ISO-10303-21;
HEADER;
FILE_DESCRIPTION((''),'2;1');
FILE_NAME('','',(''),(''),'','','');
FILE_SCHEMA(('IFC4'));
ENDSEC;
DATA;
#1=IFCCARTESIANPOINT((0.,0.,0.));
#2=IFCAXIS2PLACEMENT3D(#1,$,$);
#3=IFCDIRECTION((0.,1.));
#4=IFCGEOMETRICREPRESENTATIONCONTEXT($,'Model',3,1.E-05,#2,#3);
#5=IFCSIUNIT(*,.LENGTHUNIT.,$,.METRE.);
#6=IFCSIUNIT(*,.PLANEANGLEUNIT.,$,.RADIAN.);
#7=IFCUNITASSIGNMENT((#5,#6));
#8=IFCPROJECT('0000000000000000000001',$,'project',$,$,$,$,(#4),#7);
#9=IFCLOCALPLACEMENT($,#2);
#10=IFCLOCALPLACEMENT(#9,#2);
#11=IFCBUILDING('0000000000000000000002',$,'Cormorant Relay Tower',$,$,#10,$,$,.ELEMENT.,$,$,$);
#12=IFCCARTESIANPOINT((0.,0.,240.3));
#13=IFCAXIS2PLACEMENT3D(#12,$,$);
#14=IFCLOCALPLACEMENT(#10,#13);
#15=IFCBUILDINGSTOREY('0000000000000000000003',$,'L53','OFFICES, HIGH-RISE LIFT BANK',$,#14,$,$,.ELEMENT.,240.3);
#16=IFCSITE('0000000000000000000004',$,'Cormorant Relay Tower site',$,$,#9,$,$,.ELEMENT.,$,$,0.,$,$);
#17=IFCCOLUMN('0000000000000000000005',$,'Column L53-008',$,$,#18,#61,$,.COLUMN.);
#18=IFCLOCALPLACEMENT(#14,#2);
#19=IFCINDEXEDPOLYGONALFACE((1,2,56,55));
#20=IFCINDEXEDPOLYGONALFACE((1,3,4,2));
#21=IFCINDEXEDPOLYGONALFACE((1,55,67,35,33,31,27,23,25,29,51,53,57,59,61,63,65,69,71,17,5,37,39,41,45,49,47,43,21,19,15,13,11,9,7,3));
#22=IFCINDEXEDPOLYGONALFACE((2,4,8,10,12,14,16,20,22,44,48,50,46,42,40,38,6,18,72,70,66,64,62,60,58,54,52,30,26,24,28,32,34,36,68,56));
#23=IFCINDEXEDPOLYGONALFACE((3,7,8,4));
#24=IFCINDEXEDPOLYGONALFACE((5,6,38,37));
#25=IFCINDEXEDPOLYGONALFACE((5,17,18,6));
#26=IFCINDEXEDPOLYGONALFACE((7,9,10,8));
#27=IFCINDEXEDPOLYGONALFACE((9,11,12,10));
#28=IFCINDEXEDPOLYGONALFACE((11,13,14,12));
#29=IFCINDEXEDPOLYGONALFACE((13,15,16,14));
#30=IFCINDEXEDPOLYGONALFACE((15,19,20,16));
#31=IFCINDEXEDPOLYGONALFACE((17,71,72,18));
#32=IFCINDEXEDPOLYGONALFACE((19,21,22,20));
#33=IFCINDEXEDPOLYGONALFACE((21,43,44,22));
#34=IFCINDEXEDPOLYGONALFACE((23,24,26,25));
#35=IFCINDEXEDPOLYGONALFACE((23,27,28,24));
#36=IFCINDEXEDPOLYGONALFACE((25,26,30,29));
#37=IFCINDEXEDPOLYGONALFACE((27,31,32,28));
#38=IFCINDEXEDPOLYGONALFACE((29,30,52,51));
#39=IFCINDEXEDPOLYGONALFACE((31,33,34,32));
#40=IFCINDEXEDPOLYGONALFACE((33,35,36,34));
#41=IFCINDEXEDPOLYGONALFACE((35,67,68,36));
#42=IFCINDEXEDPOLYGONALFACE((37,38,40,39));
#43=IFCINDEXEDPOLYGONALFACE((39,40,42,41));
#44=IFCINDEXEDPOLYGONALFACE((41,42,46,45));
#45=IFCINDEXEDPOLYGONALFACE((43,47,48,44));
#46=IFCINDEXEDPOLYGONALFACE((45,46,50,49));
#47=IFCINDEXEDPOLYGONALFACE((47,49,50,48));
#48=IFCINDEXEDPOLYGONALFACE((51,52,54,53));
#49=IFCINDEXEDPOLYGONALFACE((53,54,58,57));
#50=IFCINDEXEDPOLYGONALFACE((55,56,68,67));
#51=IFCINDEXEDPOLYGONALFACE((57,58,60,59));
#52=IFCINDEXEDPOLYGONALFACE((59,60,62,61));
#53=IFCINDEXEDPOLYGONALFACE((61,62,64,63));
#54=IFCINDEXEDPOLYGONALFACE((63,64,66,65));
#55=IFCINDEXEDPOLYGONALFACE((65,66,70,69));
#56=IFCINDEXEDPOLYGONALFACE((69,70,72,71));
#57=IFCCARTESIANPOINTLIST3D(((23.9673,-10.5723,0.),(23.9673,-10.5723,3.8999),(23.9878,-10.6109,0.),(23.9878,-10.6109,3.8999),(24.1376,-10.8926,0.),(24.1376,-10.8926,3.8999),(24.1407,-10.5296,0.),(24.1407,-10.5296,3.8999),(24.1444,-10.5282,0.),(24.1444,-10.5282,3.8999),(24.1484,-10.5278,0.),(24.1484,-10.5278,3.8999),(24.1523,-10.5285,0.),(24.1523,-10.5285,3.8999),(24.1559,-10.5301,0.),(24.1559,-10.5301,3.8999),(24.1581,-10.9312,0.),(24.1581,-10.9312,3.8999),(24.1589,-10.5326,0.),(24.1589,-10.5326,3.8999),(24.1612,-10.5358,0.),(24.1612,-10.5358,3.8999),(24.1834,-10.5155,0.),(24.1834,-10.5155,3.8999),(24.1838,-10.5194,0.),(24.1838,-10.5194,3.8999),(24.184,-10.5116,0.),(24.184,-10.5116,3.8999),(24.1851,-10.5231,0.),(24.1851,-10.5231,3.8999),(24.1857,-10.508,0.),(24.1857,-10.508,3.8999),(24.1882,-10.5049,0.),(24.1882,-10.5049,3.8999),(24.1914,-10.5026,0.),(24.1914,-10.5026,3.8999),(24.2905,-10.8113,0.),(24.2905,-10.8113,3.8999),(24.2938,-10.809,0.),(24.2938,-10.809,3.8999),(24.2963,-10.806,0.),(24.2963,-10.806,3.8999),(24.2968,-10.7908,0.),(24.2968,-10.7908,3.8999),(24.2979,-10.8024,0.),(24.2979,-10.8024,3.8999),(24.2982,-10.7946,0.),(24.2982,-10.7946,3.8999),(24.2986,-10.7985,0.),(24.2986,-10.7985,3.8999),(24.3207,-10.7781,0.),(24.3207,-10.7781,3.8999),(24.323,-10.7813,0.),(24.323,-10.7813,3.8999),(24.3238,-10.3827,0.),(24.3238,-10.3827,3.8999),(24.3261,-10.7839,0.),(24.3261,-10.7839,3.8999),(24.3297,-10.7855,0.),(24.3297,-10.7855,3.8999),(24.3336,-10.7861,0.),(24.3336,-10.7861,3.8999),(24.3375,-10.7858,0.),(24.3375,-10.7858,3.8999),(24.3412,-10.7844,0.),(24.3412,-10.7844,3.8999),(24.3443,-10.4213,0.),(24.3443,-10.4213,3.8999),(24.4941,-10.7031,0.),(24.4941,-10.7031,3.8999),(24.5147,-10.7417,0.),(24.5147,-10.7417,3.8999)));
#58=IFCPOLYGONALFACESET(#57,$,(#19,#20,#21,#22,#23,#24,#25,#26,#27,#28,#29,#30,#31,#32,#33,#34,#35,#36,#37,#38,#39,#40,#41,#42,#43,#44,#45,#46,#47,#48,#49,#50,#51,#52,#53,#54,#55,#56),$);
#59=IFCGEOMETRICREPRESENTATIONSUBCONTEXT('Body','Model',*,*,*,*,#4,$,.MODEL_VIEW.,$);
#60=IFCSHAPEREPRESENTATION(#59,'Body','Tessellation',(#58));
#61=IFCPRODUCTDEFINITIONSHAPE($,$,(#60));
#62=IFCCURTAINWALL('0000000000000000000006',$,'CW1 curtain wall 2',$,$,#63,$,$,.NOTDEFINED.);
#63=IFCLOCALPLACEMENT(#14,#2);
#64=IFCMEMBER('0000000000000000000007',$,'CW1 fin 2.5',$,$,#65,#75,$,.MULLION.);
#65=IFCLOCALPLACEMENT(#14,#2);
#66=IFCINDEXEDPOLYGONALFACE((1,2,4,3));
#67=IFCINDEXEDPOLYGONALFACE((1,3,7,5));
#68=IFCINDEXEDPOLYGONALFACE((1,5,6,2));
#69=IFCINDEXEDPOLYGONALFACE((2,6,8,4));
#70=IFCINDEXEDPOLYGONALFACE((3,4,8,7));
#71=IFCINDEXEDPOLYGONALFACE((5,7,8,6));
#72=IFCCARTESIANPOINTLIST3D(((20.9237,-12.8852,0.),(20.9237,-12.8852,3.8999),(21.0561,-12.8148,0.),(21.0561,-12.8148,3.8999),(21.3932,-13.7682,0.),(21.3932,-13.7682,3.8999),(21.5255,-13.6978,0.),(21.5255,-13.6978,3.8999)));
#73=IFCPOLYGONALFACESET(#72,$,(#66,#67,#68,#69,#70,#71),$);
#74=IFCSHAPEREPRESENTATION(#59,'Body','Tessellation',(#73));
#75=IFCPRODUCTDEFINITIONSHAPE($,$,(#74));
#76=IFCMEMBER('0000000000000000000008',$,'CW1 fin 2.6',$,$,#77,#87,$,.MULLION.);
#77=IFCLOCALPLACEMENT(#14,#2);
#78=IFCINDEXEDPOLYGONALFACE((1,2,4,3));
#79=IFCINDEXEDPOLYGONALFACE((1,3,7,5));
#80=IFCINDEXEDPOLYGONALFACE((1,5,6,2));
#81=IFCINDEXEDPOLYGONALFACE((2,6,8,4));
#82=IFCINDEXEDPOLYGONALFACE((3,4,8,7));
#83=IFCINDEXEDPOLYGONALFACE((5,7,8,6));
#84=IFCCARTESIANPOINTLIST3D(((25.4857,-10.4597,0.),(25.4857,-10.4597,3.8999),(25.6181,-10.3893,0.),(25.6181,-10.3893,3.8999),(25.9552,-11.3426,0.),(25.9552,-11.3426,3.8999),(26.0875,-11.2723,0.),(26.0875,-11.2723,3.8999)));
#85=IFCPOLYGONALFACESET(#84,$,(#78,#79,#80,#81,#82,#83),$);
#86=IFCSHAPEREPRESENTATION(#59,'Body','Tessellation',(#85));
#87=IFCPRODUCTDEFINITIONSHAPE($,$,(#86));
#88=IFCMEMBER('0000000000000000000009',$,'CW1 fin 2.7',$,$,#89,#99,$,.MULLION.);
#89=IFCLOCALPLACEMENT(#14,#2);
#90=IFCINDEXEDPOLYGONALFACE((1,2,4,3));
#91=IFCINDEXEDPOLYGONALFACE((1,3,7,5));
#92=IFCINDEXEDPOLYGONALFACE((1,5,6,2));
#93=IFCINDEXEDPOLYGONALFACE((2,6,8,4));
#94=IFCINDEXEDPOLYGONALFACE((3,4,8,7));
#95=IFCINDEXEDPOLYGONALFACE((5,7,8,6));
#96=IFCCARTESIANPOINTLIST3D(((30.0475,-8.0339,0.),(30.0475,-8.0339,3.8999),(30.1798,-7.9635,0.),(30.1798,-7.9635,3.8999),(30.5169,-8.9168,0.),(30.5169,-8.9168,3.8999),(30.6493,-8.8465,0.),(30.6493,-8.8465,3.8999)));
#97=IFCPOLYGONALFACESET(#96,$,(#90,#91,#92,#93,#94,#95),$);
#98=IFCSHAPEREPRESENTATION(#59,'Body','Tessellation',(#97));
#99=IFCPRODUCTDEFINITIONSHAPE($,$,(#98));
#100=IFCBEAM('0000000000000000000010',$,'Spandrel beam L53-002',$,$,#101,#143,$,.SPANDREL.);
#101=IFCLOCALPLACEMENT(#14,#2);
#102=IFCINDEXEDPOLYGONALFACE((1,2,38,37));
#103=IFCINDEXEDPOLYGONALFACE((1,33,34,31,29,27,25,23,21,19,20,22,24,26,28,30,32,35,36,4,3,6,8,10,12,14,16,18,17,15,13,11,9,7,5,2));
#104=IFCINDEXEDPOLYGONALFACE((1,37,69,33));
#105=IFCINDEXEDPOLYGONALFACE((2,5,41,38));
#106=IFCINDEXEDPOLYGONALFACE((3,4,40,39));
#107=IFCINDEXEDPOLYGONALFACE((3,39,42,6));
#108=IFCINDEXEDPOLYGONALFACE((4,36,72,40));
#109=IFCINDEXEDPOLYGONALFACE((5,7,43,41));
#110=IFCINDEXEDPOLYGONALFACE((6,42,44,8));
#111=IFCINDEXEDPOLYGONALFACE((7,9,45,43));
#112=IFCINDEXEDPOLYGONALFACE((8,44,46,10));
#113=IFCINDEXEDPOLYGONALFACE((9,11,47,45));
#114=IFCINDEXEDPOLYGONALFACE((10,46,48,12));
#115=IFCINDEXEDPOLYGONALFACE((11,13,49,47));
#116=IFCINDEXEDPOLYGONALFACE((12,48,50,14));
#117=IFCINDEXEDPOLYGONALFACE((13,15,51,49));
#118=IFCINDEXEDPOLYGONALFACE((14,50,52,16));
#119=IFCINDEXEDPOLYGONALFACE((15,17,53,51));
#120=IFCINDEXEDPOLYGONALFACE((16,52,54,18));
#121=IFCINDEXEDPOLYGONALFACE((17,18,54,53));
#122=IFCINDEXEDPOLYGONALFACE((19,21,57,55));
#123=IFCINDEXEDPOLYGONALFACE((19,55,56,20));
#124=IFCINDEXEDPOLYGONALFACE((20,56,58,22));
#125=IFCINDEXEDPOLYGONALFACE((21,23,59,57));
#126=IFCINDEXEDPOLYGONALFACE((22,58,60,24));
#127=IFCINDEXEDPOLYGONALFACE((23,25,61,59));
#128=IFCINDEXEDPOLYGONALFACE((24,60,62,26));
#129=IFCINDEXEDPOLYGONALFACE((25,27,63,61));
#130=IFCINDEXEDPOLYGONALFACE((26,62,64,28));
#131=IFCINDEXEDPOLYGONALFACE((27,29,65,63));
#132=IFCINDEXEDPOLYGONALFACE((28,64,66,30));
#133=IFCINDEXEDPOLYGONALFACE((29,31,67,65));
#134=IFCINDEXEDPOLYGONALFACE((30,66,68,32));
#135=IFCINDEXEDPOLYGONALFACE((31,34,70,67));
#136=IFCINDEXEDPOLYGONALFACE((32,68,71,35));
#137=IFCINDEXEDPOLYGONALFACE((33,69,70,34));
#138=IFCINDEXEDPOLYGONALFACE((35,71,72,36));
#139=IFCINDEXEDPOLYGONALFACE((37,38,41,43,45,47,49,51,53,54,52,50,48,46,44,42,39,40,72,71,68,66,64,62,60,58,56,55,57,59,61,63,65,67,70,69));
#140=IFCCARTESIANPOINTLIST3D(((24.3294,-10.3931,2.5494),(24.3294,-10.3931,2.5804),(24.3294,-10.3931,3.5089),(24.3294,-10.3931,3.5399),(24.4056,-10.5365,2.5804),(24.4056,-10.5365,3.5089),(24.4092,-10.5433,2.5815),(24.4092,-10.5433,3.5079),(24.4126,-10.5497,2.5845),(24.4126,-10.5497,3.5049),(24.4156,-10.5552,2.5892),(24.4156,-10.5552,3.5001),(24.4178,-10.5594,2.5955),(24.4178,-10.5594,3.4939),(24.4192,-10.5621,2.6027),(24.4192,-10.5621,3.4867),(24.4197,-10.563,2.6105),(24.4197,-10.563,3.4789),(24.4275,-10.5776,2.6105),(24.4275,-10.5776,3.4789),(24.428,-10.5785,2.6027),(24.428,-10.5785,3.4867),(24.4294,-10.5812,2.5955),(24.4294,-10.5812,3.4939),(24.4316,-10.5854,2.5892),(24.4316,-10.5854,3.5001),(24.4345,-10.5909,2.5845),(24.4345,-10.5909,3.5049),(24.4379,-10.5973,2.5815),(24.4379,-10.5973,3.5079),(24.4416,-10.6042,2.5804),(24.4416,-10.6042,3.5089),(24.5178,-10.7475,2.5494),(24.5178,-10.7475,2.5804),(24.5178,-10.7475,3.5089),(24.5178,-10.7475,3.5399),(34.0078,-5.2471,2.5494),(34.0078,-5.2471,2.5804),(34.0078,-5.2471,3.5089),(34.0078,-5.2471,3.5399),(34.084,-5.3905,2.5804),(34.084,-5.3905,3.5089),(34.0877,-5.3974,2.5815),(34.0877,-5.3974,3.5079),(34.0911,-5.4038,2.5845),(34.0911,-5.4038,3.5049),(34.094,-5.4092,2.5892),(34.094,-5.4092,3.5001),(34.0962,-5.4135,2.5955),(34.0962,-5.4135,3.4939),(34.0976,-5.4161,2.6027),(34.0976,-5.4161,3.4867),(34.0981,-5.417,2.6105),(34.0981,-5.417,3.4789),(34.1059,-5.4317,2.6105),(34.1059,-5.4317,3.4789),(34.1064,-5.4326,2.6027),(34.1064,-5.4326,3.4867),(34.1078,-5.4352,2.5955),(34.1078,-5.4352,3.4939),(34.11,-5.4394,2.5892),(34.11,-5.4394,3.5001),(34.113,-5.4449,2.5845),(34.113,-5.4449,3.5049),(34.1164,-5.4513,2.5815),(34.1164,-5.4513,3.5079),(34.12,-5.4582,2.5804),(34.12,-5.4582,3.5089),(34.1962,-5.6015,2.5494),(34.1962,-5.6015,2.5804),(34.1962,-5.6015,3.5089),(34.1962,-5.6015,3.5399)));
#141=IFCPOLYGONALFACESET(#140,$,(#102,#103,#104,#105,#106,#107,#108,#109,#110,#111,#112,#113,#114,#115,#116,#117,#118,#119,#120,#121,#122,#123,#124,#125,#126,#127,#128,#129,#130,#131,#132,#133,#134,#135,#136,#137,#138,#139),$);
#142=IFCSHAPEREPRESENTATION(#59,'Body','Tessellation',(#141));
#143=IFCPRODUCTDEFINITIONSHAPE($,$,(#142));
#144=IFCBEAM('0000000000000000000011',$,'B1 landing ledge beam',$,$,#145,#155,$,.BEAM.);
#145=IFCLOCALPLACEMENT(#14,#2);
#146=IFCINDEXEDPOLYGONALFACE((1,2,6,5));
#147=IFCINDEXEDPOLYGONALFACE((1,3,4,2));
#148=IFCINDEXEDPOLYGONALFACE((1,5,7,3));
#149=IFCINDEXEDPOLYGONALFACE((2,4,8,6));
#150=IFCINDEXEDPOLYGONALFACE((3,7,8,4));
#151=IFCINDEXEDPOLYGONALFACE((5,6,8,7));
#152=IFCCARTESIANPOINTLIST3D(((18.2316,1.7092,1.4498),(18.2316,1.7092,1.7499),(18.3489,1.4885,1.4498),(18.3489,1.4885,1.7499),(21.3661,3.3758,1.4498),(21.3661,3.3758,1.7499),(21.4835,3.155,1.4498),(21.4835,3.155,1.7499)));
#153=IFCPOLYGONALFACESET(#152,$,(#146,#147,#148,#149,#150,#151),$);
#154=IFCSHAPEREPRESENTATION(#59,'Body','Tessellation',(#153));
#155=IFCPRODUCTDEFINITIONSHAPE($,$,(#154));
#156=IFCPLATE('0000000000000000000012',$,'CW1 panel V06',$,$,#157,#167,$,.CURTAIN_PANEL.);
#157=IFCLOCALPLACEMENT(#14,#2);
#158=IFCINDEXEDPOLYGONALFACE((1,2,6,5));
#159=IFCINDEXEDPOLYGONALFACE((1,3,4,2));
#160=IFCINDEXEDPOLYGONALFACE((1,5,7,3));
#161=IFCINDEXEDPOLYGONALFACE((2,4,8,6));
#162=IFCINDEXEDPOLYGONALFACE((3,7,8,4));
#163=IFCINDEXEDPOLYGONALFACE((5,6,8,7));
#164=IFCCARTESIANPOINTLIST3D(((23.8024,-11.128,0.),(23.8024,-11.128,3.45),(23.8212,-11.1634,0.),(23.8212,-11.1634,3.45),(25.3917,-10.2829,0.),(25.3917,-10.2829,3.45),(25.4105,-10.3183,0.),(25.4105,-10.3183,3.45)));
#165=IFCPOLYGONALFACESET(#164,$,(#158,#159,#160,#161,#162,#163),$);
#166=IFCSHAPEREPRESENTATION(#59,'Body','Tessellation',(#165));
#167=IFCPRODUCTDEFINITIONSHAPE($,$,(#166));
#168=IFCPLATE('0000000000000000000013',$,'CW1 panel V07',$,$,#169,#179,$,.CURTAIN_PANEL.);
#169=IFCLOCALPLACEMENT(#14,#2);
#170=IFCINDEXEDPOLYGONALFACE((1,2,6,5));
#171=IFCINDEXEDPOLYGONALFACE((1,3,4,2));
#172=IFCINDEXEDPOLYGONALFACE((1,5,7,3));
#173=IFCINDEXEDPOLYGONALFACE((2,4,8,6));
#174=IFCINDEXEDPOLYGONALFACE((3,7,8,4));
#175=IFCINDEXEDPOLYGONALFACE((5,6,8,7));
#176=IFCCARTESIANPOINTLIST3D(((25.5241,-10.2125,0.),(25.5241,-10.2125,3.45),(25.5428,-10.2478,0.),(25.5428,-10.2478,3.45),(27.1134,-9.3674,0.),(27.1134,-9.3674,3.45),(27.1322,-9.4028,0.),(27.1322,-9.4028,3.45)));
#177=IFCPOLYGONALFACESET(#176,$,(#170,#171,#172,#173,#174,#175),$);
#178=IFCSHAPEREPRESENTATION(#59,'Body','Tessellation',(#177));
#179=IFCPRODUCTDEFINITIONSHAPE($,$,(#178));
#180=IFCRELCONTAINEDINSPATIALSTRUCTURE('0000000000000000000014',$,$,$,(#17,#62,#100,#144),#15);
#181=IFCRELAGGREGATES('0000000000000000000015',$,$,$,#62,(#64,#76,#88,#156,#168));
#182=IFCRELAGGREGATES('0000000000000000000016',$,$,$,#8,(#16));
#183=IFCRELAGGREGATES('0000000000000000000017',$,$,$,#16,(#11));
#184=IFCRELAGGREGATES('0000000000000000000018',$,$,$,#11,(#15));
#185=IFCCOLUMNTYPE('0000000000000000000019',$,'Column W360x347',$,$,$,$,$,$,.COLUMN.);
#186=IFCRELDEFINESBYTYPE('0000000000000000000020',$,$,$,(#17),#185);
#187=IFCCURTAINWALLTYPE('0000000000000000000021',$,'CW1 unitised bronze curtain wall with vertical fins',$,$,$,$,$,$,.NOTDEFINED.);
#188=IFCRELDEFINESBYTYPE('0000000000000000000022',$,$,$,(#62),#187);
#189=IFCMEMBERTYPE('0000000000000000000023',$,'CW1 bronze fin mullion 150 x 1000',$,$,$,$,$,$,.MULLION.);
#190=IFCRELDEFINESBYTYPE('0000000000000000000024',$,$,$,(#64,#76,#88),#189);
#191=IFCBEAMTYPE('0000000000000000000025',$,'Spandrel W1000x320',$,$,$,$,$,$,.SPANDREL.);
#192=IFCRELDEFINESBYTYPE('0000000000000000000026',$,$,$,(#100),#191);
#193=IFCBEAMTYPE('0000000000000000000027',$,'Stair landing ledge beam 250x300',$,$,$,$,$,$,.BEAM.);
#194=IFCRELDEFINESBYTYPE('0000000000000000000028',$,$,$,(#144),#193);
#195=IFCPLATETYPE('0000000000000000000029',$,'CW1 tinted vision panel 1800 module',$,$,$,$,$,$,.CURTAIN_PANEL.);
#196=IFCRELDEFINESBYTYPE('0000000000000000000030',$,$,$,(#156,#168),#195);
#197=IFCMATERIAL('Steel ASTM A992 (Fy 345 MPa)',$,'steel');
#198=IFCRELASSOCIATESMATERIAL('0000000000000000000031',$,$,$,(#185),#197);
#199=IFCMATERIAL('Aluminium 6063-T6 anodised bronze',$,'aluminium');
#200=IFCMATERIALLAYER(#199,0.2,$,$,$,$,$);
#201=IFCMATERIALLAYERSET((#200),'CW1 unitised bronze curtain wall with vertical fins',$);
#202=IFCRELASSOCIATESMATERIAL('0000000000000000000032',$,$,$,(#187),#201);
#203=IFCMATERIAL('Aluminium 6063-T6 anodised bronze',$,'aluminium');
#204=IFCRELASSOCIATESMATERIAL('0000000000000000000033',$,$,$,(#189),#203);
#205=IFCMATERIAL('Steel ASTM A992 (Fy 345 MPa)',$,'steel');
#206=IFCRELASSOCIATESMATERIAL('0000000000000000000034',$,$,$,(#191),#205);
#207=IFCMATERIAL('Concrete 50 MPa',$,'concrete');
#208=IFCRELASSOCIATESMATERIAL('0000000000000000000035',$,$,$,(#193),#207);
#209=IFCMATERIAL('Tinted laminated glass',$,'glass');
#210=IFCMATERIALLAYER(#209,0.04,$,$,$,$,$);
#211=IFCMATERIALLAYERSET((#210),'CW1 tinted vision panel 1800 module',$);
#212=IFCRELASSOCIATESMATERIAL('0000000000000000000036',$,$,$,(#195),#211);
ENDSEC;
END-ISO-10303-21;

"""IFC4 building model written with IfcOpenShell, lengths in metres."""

from ifc_helpers import new_model, si_unit, direction, frame, origin, origin_2d, place, context, subcontext, project, spatial, rectangle, i_section, extrude, material, layer, layer_set, material_profile, profile_set, type_object, element, aggregate, save


model = new_model("IFC4")

# Units and contexts
model_context = context("Model", 3, precision=1e-05, world=origin(), true_north=direction((0.0, 1.0)))
body_context = subcontext(model_context, "Body", "Model", "MODEL_VIEW")
ifc_project = project(units=[si_unit("LENGTHUNIT", "METRE"), si_unit("PLANEANGLEUNIT", "RADIAN")], contexts=[model_context])

# Site, building, storey
site_placement = place(None, origin())
site = spatial("IfcSite", under=ifc_project, at=site_placement, Name="Cormorant Relay Tower site", CompositionType="ELEMENT", RefElevation=0.0)
building_placement = place(site_placement, origin())
building = spatial("IfcBuilding", under=site, at=building_placement, Name="Cormorant Relay Tower", CompositionType="ELEMENT")
storey_placement = place(building_placement, frame((0.0, 0.0, 240.3)))
storey = spatial("IfcBuildingStorey", under=building, at=storey_placement, Name="L53", Description="OFFICES, HIGH-RISE LIFT BANK", CompositionType="ELEMENT", Elevation=240.3)

# Column
ifc_material_1 = material(Name="Steel ASTM A992 (Fy 345 MPa)", Category="steel")
ifc_material_profile_1 = material_profile(ifc_material_1, i_section(OverallWidth=0.4038, OverallDepth=0.4065, WebThickness=0.0271, FlangeThickness=0.0437, FilletRadius=0.0151, at=origin_2d()), Name="W360x347")
ifc_profile_set_1 = profile_set([ifc_material_profile_1], Name="Steel ASTM A992 (Fy 345 MPa)")
column_type = type_object("IfcColumnType", Name="Column W360x347", PredefinedType="COLUMN", material=ifc_profile_set_1)
column_placement = place(storey_placement, frame((24.241, -10.657, 0.0), z_axis=(0.0, 0.0, 1.0), x_axis=(0.882948, 0.469472, 0.0)))
element("IfcColumn", 1, at=column_placement, inside=storey, type_object=column_type, Name="Column L53-008", PredefinedType="COLUMN", context=body_context, shape_type="SweptSolid", body=[
    extrude(i_section(OverallWidth=0.4038, OverallDepth=0.4065, WebThickness=0.0271, FlangeThickness=0.0437, FilletRadius=0.0151, at=origin_2d()), origin(), (0.0, 0.0, 1.0), 3.8999),
])

# Curtain wall, members
ifc_material_2 = material(Name="Aluminium 6063-T6 anodised bronze", Category="aluminium")
ifc_layer_1 = layer(ifc_material_2, 0.2)
ifc_layer_set_1 = layer_set([ifc_layer_1], Name="CW1 unitised bronze curtain wall with vertical fins")
curtain_wall_type = type_object("IfcCurtainWallType", Name="CW1 unitised bronze curtain wall with vertical fins", PredefinedType="NOTDEFINED", material=ifc_layer_set_1)
curtain_wall_placement = place(storey_placement, origin())
curtain_wall = element("IfcCurtainWall", 2, at=curtain_wall_placement, inside=storey, type_object=curtain_wall_type, Name="CW1 curtain wall 2", PredefinedType="NOTDEFINED")
ifc_material_3 = material(Name="Aluminium 6063-T6 anodised bronze", Category="aluminium")
ifc_material_profile_2 = material_profile(ifc_material_3, rectangle(XDim=0.1499, YDim=1.0, at=origin_2d()), Name="AL 150x1000")
ifc_profile_set_2 = profile_set([ifc_material_profile_2], Name="Aluminium 6063-T6 anodised bronze")
member_type = type_object("IfcMemberType", Name="CW1 bronze fin mullion 150 x 1000", PredefinedType="MULLION", material=ifc_profile_set_2)
member_1_placement = place(storey_placement, frame((21.2246, -13.2915, 0.0), z_axis=(0.0, 0.0, 1.0), x_axis=(0.882948, 0.469472, 0.0)))
member_1 = element("IfcMember", 3, at=member_1_placement, type_object=member_type, Name="CW1 fin 2.5", PredefinedType="MULLION", context=body_context, shape_type="SweptSolid", body=[
    extrude(rectangle(XDim=0.1499, YDim=1.0, at=origin_2d()), origin(), (0.0, 0.0, 1.0), 3.8999),
])
member_2_placement = place(storey_placement, frame((25.7866, -10.866, 0.0), z_axis=(0.0, 0.0, 1.0), x_axis=(0.882948, 0.469472, 0.0)))
member_2 = element("IfcMember", 4, at=member_2_placement, type_object=member_type, Name="CW1 fin 2.6", PredefinedType="MULLION", context=body_context, shape_type="SweptSolid", body=[
    extrude(rectangle(XDim=0.1499, YDim=1.0, at=origin_2d()), origin(), (0.0, 0.0, 1.0), 3.8999),
])
member_3_placement = place(storey_placement, frame((30.3484, -8.4402, 0.0), z_axis=(0.0, 0.0, 1.0), x_axis=(0.882948, 0.469472, 0.0)))
member_3 = element("IfcMember", 5, at=member_3_placement, type_object=member_type, Name="CW1 fin 2.7", PredefinedType="MULLION", context=body_context, shape_type="SweptSolid", body=[
    extrude(rectangle(XDim=0.1499, YDim=1.0, at=origin_2d()), origin(), (0.0, 0.0, 1.0), 3.8999),
])

# Beams
ifc_material_4 = material(Name="Steel ASTM A992 (Fy 345 MPa)", Category="steel")
ifc_material_profile_3 = material_profile(ifc_material_4, i_section(OverallWidth=0.4014, OverallDepth=0.9905, WebThickness=0.0166, FlangeThickness=0.031, FilletRadius=0.03, at=origin_2d()), Name="W1000x320")
ifc_profile_set_3 = profile_set([ifc_material_profile_3], Name="Steel ASTM A992 (Fy 345 MPa)")
beam_type_1 = type_object("IfcBeamType", Name="Spandrel W1000x320", PredefinedType="SPANDREL", material=ifc_profile_set_3)
beam_1_placement = place(storey_placement, frame((24.4236, -10.5703, 3.0447), z_axis=(0.882953, 0.469462, 0.0), x_axis=(-0.469462, 0.882953, 0.0)))
element("IfcBeam", 6, at=beam_1_placement, inside=storey, type_object=beam_type_1, Name="Spandrel beam L53-002", PredefinedType="SPANDREL", context=body_context, shape_type="SweptSolid", body=[
    extrude(i_section(OverallWidth=0.4014, OverallDepth=0.9905, WebThickness=0.0166, FlangeThickness=0.031, FilletRadius=0.03, at=origin_2d()), origin(), (0.0, 0.0, 1.0), 10.9614),
])
ifc_material_5 = material(Name="Concrete 50 MPa", Category="concrete")
ifc_material_profile_4 = material_profile(ifc_material_5, rectangle(XDim=0.25, YDim=0.3, at=origin_2d()), Name="RC 250x300")
ifc_profile_set_4 = profile_set([ifc_material_profile_4], Name="Concrete 50 MPa")
beam_type_2 = type_object("IfcBeamType", Name="Stair landing ledge beam 250x300", PredefinedType="BEAM", material=ifc_profile_set_4)
beam_2_placement = place(storey_placement, frame((21.4248, 3.2654, 1.5999), z_axis=(-0.882965, -0.469438, 0.0), x_axis=(0.469438, -0.882965, 0.0)))
element("IfcBeam", 7, at=beam_2_placement, inside=storey, type_object=beam_type_2, Name="B1 landing ledge beam", PredefinedType="BEAM", context=body_context, shape_type="SweptSolid", body=[
    extrude(rectangle(XDim=0.25, YDim=0.3, at=origin_2d()), origin(), (0.0, 0.0, 1.0), 3.55),
])

# Plates
ifc_material_6 = material(Name="Tinted laminated glass", Category="glass")
ifc_layer_2 = layer(ifc_material_6, 0.04)
ifc_layer_set_2 = layer_set([ifc_layer_2], Name="CW1 tinted vision panel 1800 module")
plate_type = type_object("IfcPlateType", Name="CW1 tinted vision panel 1800 module", PredefinedType="CURTAIN_PANEL", material=ifc_layer_set_2)
plate_1_placement = place(storey_placement, frame((24.6064, -10.7231, 0.0), z_axis=(0.0, 0.0, 1.0), x_axis=(0.882948, 0.469472, 0.0)))
plate_1 = element("IfcPlate", 8, at=plate_1_placement, type_object=plate_type, Name="CW1 panel V06", PredefinedType="CURTAIN_PANEL", context=body_context, shape_type="SweptSolid", body=[
    extrude(rectangle(XDim=1.8, YDim=0.04, at=origin_2d()), origin(), (0.0, 0.0, 1.0), 3.45),
])
plate_2_placement = place(storey_placement, frame((26.3281, -9.8076, 0.0), z_axis=(0.0, 0.0, 1.0), x_axis=(0.882948, 0.469472, 0.0)))
plate_2 = element("IfcPlate", 9, at=plate_2_placement, type_object=plate_type, Name="CW1 panel V07", PredefinedType="CURTAIN_PANEL", context=body_context, shape_type="SweptSolid", body=[
    extrude(rectangle(XDim=1.8, YDim=0.04, at=origin_2d()), origin(), (0.0, 0.0, 1.0), 3.45),
])

aggregate(curtain_wall, [member_1, member_2, member_3, plate_1, plate_2])

save(model, "model.ifc")
